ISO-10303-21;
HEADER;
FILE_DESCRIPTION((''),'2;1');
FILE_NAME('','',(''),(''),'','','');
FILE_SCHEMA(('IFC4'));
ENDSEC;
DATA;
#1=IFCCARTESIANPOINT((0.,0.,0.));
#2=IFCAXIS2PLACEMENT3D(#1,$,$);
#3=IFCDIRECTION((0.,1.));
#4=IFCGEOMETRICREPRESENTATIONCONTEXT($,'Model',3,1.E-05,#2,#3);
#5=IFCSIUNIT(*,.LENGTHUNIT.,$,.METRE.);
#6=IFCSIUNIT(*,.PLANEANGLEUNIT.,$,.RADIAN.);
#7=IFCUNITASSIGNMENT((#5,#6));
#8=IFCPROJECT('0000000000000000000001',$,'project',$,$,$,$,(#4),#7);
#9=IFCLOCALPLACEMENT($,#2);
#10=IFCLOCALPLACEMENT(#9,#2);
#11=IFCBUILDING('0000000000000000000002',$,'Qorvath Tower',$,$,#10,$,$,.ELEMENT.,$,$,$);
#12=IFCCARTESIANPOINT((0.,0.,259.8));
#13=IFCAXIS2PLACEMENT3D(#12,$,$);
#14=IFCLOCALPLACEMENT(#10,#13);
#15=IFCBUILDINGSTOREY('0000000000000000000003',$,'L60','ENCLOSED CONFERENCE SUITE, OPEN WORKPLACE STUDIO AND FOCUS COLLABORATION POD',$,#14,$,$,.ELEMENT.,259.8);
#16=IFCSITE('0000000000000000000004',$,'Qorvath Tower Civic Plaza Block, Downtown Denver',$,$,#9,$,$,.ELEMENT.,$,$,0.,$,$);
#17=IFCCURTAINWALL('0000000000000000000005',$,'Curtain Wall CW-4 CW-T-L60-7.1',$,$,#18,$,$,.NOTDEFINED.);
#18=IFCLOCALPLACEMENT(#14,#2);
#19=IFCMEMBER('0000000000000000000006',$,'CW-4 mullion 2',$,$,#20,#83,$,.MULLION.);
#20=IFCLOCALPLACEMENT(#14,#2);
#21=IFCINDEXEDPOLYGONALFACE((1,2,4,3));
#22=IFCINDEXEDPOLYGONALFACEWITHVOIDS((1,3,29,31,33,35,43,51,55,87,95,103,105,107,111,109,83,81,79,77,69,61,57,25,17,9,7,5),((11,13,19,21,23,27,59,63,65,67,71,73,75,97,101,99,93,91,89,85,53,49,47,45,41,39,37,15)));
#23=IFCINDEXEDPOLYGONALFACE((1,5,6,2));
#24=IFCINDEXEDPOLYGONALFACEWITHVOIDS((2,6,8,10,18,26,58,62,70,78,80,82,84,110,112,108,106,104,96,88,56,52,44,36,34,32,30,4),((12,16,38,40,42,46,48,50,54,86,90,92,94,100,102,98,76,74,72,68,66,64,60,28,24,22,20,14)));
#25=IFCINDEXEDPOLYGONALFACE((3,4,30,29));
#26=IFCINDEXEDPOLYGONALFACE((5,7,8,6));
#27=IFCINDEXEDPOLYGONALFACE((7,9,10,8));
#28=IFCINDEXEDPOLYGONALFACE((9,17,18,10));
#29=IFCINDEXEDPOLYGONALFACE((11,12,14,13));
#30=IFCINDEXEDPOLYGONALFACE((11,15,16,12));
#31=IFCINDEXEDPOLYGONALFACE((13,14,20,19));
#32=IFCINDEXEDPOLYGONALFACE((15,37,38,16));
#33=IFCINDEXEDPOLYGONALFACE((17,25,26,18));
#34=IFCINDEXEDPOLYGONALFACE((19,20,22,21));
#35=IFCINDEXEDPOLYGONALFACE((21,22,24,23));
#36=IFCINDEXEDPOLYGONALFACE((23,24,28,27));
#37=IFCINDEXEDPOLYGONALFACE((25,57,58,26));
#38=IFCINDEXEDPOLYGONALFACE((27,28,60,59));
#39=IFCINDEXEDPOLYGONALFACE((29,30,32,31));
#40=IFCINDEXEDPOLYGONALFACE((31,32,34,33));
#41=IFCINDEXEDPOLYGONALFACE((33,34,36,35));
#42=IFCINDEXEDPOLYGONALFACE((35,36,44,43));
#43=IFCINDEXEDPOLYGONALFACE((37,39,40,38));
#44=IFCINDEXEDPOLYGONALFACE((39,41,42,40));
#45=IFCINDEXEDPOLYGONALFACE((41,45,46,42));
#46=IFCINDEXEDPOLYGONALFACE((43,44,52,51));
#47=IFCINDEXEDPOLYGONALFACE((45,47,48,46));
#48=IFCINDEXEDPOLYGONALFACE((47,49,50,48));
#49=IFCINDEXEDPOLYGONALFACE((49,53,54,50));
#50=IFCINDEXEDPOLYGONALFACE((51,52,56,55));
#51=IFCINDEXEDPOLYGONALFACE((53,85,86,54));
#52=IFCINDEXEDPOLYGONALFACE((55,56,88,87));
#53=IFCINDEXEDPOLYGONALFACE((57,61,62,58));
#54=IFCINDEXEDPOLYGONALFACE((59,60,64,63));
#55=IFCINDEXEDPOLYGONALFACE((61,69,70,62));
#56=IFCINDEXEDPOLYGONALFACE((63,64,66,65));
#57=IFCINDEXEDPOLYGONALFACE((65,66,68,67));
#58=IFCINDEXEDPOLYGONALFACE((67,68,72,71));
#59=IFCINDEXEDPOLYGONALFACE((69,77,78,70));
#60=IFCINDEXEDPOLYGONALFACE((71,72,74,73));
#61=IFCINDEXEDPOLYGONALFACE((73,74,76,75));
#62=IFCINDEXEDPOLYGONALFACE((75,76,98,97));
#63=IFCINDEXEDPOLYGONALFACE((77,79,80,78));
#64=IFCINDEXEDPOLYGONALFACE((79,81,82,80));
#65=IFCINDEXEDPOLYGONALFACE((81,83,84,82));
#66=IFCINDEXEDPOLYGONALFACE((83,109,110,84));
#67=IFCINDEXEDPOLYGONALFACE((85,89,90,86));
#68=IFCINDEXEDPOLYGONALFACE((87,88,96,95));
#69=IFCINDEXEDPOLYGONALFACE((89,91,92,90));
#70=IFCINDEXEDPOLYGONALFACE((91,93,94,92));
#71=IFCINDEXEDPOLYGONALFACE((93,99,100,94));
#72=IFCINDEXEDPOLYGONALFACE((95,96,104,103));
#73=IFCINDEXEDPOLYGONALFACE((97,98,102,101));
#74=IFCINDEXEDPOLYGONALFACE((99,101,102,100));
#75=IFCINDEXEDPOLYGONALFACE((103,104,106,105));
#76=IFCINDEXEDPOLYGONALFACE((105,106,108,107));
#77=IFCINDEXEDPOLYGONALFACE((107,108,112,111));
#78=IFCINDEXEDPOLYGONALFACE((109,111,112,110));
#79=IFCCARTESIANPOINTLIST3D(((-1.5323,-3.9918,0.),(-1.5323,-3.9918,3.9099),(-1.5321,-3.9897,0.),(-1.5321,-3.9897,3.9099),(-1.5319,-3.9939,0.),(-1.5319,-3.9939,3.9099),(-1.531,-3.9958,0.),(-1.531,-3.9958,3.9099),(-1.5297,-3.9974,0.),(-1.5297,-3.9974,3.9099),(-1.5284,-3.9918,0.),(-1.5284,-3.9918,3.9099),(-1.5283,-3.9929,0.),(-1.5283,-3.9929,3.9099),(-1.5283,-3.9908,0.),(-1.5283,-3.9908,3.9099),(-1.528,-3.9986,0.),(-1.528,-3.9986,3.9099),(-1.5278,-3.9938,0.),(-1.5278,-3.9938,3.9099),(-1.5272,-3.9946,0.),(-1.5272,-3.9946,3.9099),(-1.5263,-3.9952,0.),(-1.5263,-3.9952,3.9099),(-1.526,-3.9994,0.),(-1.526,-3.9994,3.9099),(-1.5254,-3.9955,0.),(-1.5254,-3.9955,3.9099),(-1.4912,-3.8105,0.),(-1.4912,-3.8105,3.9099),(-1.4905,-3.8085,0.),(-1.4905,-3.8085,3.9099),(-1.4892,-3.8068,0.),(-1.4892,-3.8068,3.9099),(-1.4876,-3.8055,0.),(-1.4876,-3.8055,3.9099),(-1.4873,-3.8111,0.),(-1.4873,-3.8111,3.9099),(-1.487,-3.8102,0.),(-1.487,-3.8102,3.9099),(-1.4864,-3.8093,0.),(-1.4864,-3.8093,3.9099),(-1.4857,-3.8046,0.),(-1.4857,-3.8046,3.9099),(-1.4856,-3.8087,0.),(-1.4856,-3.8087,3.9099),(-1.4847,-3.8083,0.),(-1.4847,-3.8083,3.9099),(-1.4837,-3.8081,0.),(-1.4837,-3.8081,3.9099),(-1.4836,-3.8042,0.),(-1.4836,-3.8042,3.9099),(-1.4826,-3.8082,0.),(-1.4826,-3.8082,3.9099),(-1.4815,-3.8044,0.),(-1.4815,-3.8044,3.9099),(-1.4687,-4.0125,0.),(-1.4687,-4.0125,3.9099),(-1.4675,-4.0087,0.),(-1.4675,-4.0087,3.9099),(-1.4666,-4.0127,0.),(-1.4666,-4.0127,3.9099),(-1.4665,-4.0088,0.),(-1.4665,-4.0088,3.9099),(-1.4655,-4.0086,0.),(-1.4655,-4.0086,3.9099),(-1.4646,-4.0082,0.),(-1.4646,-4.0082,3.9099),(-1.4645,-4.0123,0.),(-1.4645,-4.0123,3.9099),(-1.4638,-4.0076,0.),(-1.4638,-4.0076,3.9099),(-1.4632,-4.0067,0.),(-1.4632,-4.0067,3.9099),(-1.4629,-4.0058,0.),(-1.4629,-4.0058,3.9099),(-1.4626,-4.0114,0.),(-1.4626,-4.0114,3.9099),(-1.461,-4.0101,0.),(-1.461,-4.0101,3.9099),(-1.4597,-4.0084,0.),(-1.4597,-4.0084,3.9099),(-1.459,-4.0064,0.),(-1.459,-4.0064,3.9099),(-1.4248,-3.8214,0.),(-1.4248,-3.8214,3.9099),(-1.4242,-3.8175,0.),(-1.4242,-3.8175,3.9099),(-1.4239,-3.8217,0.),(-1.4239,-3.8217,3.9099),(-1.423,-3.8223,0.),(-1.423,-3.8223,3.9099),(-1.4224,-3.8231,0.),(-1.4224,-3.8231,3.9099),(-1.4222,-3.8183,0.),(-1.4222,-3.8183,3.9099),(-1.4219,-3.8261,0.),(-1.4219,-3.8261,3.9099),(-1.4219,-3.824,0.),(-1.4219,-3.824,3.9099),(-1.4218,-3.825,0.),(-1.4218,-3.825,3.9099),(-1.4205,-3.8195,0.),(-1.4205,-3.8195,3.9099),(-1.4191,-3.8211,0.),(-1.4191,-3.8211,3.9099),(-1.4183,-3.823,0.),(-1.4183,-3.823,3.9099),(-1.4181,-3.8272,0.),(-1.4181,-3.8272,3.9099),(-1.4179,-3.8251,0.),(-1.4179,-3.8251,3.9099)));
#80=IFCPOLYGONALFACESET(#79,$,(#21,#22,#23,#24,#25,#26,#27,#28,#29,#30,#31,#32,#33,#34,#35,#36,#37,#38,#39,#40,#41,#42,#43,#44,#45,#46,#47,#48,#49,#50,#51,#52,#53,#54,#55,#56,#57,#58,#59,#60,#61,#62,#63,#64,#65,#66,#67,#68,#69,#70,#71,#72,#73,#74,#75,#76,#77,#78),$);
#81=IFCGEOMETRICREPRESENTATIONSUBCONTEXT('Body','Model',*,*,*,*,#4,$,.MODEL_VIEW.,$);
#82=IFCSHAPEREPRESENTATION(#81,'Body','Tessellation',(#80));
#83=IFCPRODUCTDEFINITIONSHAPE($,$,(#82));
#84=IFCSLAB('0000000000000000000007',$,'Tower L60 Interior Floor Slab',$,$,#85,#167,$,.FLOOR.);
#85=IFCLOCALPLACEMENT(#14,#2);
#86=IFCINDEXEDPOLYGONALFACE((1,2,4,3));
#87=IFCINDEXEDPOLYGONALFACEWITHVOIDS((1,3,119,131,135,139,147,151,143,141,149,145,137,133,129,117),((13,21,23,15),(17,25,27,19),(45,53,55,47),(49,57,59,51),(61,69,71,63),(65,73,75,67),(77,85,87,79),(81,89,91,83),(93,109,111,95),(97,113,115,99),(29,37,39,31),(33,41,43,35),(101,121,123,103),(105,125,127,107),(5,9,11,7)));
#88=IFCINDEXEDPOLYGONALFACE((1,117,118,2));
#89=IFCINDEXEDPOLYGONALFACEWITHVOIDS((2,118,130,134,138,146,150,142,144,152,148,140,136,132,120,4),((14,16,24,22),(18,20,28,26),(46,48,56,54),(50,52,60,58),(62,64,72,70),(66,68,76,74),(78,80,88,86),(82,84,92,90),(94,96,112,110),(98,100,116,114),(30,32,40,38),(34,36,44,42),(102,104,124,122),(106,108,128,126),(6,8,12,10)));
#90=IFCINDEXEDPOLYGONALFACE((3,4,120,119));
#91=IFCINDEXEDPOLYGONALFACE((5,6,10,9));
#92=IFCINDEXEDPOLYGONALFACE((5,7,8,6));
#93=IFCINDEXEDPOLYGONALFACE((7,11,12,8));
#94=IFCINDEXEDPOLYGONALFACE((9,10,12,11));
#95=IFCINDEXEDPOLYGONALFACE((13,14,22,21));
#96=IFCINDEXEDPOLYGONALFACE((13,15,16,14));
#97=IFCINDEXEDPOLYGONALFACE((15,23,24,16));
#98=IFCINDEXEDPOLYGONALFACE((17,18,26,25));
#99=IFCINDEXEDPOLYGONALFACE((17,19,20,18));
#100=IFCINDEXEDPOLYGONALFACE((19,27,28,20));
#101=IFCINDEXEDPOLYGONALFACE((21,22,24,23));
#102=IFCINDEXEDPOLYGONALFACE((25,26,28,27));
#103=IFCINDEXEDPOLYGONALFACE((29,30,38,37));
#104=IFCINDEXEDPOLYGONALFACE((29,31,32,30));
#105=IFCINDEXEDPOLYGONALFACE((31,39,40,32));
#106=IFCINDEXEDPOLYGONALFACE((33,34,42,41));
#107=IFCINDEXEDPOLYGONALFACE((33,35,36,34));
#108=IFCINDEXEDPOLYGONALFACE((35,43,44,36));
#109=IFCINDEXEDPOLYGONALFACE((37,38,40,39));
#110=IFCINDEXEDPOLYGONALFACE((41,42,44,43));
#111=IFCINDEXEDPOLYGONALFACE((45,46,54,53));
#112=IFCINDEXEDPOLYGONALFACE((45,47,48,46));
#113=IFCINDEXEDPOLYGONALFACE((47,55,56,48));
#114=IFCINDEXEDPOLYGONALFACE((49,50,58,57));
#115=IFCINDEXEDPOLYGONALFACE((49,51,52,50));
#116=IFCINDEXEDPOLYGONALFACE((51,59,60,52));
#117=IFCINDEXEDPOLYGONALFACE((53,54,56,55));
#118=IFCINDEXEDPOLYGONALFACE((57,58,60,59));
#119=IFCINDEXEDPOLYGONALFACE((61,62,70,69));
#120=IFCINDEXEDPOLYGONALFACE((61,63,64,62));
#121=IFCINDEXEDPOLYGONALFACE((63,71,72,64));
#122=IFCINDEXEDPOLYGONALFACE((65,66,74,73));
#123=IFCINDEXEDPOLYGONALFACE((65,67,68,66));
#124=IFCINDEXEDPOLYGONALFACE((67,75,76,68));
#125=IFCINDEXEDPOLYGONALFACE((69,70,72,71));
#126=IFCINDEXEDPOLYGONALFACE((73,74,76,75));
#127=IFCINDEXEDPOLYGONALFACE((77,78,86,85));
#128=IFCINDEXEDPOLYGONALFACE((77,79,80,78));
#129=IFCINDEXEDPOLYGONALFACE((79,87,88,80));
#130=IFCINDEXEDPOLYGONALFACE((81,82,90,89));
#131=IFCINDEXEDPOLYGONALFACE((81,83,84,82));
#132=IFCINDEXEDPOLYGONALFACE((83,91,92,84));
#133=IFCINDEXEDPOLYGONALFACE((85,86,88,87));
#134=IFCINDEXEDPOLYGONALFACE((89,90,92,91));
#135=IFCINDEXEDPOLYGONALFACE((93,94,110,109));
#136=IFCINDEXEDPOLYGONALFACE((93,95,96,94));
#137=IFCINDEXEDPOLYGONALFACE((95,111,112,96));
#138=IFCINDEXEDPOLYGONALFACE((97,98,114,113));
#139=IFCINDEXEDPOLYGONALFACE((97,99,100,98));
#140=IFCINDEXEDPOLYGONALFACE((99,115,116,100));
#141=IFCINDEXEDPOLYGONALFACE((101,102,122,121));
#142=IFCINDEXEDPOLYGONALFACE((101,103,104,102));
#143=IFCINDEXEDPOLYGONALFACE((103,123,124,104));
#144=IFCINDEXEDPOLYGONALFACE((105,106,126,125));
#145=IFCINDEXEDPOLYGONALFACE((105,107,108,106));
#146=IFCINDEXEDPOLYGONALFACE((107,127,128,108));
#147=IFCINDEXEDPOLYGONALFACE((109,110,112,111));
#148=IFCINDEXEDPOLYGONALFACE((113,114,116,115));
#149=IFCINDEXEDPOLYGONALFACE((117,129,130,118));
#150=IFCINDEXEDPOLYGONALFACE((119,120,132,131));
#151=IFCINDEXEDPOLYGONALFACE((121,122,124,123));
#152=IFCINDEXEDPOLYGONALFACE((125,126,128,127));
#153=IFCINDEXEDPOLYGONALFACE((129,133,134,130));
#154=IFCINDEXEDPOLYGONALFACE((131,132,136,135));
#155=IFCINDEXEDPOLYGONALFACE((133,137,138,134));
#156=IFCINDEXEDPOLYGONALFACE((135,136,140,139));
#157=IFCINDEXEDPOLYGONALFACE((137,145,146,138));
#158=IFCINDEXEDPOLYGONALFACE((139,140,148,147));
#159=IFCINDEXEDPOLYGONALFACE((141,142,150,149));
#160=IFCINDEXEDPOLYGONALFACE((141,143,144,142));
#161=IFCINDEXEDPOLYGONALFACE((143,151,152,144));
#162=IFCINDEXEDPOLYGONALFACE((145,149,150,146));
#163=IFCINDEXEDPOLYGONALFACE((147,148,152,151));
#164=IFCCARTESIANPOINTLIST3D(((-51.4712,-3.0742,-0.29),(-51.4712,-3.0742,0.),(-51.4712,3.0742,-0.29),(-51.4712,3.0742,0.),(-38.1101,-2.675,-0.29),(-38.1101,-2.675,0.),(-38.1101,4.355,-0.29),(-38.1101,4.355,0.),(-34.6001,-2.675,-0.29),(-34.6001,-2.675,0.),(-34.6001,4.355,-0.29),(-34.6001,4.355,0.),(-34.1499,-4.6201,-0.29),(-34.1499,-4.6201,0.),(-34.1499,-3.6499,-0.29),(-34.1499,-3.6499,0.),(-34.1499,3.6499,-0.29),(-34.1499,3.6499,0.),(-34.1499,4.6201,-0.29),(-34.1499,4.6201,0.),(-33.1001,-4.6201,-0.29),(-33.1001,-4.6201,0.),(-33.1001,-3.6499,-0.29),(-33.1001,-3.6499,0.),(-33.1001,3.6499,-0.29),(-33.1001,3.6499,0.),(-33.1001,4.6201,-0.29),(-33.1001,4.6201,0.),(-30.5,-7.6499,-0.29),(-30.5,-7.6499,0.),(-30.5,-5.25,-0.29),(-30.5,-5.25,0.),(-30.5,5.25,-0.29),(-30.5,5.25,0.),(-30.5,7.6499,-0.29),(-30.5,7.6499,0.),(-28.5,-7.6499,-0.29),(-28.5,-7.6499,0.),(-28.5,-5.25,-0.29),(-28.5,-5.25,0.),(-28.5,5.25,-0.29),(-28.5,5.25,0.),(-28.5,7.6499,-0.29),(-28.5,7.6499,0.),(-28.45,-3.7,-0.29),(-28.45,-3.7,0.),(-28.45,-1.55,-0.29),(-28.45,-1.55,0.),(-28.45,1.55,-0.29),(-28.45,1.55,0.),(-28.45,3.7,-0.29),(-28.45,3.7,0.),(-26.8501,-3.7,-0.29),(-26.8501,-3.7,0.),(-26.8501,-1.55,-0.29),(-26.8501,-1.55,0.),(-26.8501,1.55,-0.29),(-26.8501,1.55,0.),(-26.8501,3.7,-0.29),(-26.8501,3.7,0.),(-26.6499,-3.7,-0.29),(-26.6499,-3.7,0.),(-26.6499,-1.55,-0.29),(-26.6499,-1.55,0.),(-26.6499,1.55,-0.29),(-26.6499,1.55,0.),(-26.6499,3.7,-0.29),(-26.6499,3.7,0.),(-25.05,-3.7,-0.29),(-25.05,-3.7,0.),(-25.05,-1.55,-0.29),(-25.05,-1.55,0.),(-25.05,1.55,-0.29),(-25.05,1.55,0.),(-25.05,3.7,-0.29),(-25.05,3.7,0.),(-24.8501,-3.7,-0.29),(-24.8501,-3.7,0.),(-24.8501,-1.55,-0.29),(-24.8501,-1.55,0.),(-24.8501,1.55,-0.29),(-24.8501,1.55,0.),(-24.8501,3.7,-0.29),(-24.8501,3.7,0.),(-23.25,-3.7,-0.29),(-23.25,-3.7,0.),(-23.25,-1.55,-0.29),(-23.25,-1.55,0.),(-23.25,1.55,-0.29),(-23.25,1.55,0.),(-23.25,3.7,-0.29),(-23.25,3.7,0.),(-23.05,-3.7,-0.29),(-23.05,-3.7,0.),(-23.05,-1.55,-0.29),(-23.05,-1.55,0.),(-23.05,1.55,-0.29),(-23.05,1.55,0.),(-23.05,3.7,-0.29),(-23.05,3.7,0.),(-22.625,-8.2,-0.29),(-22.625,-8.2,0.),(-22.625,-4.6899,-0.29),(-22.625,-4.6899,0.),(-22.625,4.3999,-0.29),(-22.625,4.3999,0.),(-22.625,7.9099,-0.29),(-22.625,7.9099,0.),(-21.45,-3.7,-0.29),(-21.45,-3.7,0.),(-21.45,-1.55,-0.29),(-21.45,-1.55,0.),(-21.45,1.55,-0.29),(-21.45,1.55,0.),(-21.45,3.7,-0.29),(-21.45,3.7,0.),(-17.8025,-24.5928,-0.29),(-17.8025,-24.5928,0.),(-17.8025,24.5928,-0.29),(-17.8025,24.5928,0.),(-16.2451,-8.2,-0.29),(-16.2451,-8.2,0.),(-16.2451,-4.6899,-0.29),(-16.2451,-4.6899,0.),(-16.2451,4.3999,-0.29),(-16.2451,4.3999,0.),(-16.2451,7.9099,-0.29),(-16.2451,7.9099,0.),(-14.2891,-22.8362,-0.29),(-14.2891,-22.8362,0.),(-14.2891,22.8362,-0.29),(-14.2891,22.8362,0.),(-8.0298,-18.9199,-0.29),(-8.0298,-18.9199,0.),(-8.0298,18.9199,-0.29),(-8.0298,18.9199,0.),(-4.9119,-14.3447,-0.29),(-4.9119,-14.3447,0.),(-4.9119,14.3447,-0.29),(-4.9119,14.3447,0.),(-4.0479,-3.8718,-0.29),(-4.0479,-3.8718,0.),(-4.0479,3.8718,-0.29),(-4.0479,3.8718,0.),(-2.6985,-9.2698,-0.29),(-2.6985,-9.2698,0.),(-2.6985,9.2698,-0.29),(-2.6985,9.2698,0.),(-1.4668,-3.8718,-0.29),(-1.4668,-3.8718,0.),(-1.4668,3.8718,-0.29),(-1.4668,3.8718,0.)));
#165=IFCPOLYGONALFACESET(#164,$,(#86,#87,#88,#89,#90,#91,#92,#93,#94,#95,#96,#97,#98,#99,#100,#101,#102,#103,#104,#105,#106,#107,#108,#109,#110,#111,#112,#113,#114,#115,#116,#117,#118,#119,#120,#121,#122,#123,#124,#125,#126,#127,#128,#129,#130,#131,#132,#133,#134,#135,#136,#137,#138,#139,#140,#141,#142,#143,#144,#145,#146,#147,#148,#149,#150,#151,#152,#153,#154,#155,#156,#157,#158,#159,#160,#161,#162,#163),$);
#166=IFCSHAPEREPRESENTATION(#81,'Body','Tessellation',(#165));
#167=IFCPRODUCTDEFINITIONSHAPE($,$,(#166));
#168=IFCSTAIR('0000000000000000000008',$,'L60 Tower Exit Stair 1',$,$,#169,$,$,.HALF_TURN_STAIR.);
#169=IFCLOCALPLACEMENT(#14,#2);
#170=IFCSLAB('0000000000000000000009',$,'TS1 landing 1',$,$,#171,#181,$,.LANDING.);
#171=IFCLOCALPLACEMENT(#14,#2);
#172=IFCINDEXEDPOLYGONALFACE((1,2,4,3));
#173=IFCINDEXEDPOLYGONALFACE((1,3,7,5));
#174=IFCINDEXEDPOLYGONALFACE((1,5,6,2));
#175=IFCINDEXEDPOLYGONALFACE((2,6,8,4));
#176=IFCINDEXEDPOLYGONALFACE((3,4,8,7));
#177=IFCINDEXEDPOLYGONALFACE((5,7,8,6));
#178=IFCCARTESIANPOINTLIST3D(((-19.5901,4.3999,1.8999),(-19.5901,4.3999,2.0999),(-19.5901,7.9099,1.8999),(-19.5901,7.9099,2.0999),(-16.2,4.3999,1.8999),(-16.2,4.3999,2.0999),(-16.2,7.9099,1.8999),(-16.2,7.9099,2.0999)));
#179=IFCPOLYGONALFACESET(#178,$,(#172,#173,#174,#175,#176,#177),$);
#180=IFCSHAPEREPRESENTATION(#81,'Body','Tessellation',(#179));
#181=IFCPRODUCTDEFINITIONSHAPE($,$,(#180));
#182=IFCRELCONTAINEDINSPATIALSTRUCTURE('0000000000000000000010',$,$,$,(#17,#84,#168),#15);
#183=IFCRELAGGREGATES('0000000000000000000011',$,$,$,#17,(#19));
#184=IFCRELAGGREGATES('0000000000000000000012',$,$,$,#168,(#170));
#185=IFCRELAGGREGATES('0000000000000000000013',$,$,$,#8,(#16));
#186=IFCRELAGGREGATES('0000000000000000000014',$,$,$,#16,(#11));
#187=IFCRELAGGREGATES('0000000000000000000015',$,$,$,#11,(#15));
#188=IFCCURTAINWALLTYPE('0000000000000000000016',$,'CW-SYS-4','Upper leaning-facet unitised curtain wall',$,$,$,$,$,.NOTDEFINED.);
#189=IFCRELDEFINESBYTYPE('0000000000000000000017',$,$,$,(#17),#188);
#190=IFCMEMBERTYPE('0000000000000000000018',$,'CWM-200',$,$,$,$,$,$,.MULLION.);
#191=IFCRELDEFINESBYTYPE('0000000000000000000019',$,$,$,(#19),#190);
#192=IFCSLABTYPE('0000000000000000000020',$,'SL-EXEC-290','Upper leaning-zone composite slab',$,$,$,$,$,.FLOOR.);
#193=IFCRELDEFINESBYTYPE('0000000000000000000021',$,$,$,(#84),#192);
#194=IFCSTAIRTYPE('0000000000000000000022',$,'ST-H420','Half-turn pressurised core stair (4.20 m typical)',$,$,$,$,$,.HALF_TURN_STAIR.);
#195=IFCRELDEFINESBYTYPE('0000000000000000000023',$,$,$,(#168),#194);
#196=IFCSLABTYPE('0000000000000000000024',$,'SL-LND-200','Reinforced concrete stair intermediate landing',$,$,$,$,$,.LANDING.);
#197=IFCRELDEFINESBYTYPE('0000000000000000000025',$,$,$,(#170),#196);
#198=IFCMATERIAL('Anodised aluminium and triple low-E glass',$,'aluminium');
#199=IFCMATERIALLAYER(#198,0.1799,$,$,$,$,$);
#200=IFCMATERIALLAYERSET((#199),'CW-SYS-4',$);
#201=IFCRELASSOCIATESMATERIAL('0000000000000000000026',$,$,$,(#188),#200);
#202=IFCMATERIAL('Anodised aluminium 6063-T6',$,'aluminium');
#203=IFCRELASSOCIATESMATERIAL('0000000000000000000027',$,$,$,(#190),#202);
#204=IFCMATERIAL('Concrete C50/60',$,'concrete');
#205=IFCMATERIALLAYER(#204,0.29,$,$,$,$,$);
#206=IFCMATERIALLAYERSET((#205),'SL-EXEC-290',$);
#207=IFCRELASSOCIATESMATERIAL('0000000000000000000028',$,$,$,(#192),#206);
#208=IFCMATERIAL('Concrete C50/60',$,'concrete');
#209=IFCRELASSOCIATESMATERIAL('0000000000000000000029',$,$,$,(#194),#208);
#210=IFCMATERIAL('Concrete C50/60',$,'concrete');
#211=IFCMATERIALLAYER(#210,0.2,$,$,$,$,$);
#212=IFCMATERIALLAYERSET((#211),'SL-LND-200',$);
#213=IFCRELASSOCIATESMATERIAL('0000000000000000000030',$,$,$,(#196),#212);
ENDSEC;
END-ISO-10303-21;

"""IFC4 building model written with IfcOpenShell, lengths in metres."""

from ifc_helpers import new_model, si_unit, direction, frame, origin, origin_2d, place, context, subcontext, project, spatial, polyline, hollow_rectangle, outline, extrude, material, layer, layer_set, material_profile, profile_set, type_object, element, aggregate, save


model = new_model("IFC4")

# Units and contexts
model_context = context("Model", 3, precision=1e-05, world=origin(), true_north=direction((0.0, 1.0)))
body_context = subcontext(model_context, "Body", "Model", "MODEL_VIEW")
ifc_project = project(units=[si_unit("LENGTHUNIT", "METRE"), si_unit("PLANEANGLEUNIT", "RADIAN")], contexts=[model_context])

# Site, building, storey
site_placement = place(None, origin())
site = spatial("IfcSite", under=ifc_project, at=site_placement, Name="Qorvath Tower Civic Plaza Block, Downtown Denver", CompositionType="ELEMENT", RefElevation=0.0)
building_placement = place(site_placement, origin())
building = spatial("IfcBuilding", under=site, at=building_placement, Name="Qorvath Tower", CompositionType="ELEMENT")
storey_placement = place(building_placement, frame((0.0, 0.0, 259.8)))
storey = spatial("IfcBuildingStorey", under=building, at=storey_placement, Name="L60", Description="ENCLOSED CONFERENCE SUITE, OPEN WORKPLACE STUDIO AND FOCUS COLLABORATION POD", CompositionType="ELEMENT", Elevation=259.8)

# Curtain wall, member
ifc_material_1 = material(Name="Anodised aluminium and triple low-E glass", Category="aluminium")
ifc_layer_1 = layer(ifc_material_1, 0.1799)
ifc_layer_set_1 = layer_set([ifc_layer_1], Name="CW-SYS-4")
curtain_wall_type = type_object("IfcCurtainWallType", Name="CW-SYS-4", Description="Upper leaning-facet unitised curtain wall", PredefinedType="NOTDEFINED", material=ifc_layer_set_1)
curtain_wall_placement = place(storey_placement, origin())
curtain_wall = element("IfcCurtainWall", 1, at=curtain_wall_placement, inside=storey, type_object=curtain_wall_type, Name="Curtain Wall CW-4 CW-T-L60-7.1", PredefinedType="NOTDEFINED")
ifc_material_2 = material(Name="Anodised aluminium 6063-T6", Category="aluminium")
ifc_material_profile = material_profile(ifc_material_2, hollow_rectangle(XDim=0.075, YDim=0.2, WallThickness=0.0039, InnerFilletRadius=0.0039, OuterFilletRadius=0.0081, at=origin_2d()), Name="CWM 200x75")
ifc_profile_set = profile_set([ifc_material_profile], Name="Anodised aluminium 6063-T6")
member_type = type_object("IfcMemberType", Name="CWM-200", PredefinedType="MULLION", material=ifc_profile_set)
member_placement = place(storey_placement, frame((-1.4751, -3.9084, 0.0), z_axis=(0.0, 0.0, 1.0), x_axis=(-0.974942, 0.222459, 0.0)))
member = element("IfcMember", 2, at=member_placement, type_object=member_type, Name="CW-4 mullion 2", PredefinedType="MULLION", context=body_context, shape_type="SweptSolid", body=[
    extrude(hollow_rectangle(XDim=0.075, YDim=0.2, WallThickness=0.0039, InnerFilletRadius=0.0039, OuterFilletRadius=0.0081, at=origin_2d()), origin(), (0.0, 0.0, 1.0), 3.9099),
])
aggregate(curtain_wall, [member])

# Slab
ifc_material_3 = material(Name="Concrete C50/60", Category="concrete")
ifc_layer_2 = layer(ifc_material_3, 0.29)
ifc_layer_set_2 = layer_set([ifc_layer_2], Name="SL-EXEC-290")
slab_type_1 = type_object("IfcSlabType", Name="SL-EXEC-290", Description="Upper leaning-zone composite slab", PredefinedType="FLOOR", material=ifc_layer_set_2)
slab_1_placement = place(storey_placement, frame((0.0, 0.0, -0.29)))
element("IfcSlab", 3, at=slab_1_placement, inside=storey, type_object=slab_type_1, Name="Tower L60 Interior Floor Slab", PredefinedType="FLOOR", context=body_context, shape_type="SweptSolid", body=[
    extrude(outline(polyline([(-51.4712, 3.0742), (-51.4712, -3.0742), (-17.8025, -24.5928), (-14.2891, -22.8362), (-8.0298, -18.9199), (-4.9119, -14.3447), (-2.6985, -9.2698), (-1.4668, -3.8718), (-4.0479, -3.8718), (-4.0479, 3.8718), (-1.4668, 3.8718), (-2.6985, 9.2698), (-4.9119, 14.3447), (-8.0298, 18.9199), (-14.2891, 22.8362), (-17.8025, 24.5928), (-51.4712, 3.0742)]), holes=[polyline([(-22.625, -8.2), (-22.625, -4.6899), (-16.2451, -4.6899), (-16.2451, -8.2), (-22.625, -8.2)]), polyline([(-22.625, 4.3999), (-22.625, 7.9099), (-16.2451, 7.9099), (-16.2451, 4.3999), (-22.625, 4.3999)]), polyline([(-23.05, -3.7), (-23.05, -1.55), (-21.45, -1.55), (-21.45, -3.7), (-23.05, -3.7)]), polyline([(-23.05, 1.55), (-23.05, 3.7), (-21.45, 3.7), (-21.45, 1.55), (-23.05, 1.55)]), polyline([(-24.8501, -3.7), (-24.8501, -1.55), (-23.25, -1.55), (-23.25, -3.7), (-24.8501, -3.7)]), polyline([(-24.8501, 1.55), (-24.8501, 3.7), (-23.25, 3.7), (-23.25, 1.55), (-24.8501, 1.55)]), polyline([(-26.6499, -3.7), (-26.6499, -1.55), (-25.05, -1.55), (-25.05, -3.7), (-26.6499, -3.7)]), polyline([(-26.6499, 1.55), (-26.6499, 3.7), (-25.05, 3.7), (-25.05, 1.55), (-26.6499, 1.55)]), polyline([(-28.45, -3.7), (-28.45, -1.55), (-26.8501, -1.55), (-26.8501, -3.7), (-28.45, -3.7)]), polyline([(-28.45, 1.55), (-28.45, 3.7), (-26.8501, 3.7), (-26.8501, 1.55), (-28.45, 1.55)]), polyline([(-28.5, -7.6499), (-30.5, -7.6499), (-30.5, -5.25), (-28.5, -5.25), (-28.5, -7.6499)]), polyline([(-30.5, 5.25), (-30.5, 7.6499), (-28.5, 7.6499), (-28.5, 5.25), (-30.5, 5.25)]), polyline([(-34.1499, -4.6201), (-34.1499, -3.6499), (-33.1001, -3.6499), (-33.1001, -4.6201), (-34.1499, -4.6201)]), polyline([(-34.1499, 3.6499), (-34.1499, 4.6201), (-33.1001, 4.6201), (-33.1001, 3.6499), (-34.1499, 3.6499)]), polyline([(-34.6001, -2.675), (-38.1101, -2.675), (-38.1101, 4.355), (-34.6001, 4.355), (-34.6001, -2.675)])]), origin(), (0.0, 0.0, 1.0), 0.29),
])

# Stair, slab
ifc_material_4 = material(Name="Concrete C50/60", Category="concrete")
stair_type = type_object("IfcStairType", Name="ST-H420", Description="Half-turn pressurised core stair (4.20 m typical)", PredefinedType="HALF_TURN_STAIR", material=ifc_material_4)
stair_1_placement = place(storey_placement, origin())
stair_1 = element("IfcStair", 4, at=stair_1_placement, inside=storey, type_object=stair_type, Name="L60 Tower Exit Stair 1", PredefinedType="HALF_TURN_STAIR")
ifc_material_5 = material(Name="Concrete C50/60", Category="concrete")
ifc_layer_3 = layer(ifc_material_5, 0.2)
ifc_layer_set_3 = layer_set([ifc_layer_3], Name="SL-LND-200")
slab_type_2 = type_object("IfcSlabType", Name="SL-LND-200", Description="Reinforced concrete stair intermediate landing", PredefinedType="LANDING", material=ifc_layer_set_3)
slab_2_placement = place(storey_placement, frame((0.0, 0.0, 1.8999)))
slab_2 = element("IfcSlab", 5, at=slab_2_placement, type_object=slab_type_2, Name="TS1 landing 1", PredefinedType="LANDING", context=body_context, shape_type="SweptSolid", body=[
    extrude(outline(polyline([(-19.5901, 4.3999), (-16.2, 4.3999), (-16.2, 7.9099), (-19.5901, 7.9099), (-19.5901, 4.3999)])), origin(), (0.0, 0.0, 1.0), 0.2),
])
aggregate(stair_1, [slab_2])

save(model, "model.ifc")
